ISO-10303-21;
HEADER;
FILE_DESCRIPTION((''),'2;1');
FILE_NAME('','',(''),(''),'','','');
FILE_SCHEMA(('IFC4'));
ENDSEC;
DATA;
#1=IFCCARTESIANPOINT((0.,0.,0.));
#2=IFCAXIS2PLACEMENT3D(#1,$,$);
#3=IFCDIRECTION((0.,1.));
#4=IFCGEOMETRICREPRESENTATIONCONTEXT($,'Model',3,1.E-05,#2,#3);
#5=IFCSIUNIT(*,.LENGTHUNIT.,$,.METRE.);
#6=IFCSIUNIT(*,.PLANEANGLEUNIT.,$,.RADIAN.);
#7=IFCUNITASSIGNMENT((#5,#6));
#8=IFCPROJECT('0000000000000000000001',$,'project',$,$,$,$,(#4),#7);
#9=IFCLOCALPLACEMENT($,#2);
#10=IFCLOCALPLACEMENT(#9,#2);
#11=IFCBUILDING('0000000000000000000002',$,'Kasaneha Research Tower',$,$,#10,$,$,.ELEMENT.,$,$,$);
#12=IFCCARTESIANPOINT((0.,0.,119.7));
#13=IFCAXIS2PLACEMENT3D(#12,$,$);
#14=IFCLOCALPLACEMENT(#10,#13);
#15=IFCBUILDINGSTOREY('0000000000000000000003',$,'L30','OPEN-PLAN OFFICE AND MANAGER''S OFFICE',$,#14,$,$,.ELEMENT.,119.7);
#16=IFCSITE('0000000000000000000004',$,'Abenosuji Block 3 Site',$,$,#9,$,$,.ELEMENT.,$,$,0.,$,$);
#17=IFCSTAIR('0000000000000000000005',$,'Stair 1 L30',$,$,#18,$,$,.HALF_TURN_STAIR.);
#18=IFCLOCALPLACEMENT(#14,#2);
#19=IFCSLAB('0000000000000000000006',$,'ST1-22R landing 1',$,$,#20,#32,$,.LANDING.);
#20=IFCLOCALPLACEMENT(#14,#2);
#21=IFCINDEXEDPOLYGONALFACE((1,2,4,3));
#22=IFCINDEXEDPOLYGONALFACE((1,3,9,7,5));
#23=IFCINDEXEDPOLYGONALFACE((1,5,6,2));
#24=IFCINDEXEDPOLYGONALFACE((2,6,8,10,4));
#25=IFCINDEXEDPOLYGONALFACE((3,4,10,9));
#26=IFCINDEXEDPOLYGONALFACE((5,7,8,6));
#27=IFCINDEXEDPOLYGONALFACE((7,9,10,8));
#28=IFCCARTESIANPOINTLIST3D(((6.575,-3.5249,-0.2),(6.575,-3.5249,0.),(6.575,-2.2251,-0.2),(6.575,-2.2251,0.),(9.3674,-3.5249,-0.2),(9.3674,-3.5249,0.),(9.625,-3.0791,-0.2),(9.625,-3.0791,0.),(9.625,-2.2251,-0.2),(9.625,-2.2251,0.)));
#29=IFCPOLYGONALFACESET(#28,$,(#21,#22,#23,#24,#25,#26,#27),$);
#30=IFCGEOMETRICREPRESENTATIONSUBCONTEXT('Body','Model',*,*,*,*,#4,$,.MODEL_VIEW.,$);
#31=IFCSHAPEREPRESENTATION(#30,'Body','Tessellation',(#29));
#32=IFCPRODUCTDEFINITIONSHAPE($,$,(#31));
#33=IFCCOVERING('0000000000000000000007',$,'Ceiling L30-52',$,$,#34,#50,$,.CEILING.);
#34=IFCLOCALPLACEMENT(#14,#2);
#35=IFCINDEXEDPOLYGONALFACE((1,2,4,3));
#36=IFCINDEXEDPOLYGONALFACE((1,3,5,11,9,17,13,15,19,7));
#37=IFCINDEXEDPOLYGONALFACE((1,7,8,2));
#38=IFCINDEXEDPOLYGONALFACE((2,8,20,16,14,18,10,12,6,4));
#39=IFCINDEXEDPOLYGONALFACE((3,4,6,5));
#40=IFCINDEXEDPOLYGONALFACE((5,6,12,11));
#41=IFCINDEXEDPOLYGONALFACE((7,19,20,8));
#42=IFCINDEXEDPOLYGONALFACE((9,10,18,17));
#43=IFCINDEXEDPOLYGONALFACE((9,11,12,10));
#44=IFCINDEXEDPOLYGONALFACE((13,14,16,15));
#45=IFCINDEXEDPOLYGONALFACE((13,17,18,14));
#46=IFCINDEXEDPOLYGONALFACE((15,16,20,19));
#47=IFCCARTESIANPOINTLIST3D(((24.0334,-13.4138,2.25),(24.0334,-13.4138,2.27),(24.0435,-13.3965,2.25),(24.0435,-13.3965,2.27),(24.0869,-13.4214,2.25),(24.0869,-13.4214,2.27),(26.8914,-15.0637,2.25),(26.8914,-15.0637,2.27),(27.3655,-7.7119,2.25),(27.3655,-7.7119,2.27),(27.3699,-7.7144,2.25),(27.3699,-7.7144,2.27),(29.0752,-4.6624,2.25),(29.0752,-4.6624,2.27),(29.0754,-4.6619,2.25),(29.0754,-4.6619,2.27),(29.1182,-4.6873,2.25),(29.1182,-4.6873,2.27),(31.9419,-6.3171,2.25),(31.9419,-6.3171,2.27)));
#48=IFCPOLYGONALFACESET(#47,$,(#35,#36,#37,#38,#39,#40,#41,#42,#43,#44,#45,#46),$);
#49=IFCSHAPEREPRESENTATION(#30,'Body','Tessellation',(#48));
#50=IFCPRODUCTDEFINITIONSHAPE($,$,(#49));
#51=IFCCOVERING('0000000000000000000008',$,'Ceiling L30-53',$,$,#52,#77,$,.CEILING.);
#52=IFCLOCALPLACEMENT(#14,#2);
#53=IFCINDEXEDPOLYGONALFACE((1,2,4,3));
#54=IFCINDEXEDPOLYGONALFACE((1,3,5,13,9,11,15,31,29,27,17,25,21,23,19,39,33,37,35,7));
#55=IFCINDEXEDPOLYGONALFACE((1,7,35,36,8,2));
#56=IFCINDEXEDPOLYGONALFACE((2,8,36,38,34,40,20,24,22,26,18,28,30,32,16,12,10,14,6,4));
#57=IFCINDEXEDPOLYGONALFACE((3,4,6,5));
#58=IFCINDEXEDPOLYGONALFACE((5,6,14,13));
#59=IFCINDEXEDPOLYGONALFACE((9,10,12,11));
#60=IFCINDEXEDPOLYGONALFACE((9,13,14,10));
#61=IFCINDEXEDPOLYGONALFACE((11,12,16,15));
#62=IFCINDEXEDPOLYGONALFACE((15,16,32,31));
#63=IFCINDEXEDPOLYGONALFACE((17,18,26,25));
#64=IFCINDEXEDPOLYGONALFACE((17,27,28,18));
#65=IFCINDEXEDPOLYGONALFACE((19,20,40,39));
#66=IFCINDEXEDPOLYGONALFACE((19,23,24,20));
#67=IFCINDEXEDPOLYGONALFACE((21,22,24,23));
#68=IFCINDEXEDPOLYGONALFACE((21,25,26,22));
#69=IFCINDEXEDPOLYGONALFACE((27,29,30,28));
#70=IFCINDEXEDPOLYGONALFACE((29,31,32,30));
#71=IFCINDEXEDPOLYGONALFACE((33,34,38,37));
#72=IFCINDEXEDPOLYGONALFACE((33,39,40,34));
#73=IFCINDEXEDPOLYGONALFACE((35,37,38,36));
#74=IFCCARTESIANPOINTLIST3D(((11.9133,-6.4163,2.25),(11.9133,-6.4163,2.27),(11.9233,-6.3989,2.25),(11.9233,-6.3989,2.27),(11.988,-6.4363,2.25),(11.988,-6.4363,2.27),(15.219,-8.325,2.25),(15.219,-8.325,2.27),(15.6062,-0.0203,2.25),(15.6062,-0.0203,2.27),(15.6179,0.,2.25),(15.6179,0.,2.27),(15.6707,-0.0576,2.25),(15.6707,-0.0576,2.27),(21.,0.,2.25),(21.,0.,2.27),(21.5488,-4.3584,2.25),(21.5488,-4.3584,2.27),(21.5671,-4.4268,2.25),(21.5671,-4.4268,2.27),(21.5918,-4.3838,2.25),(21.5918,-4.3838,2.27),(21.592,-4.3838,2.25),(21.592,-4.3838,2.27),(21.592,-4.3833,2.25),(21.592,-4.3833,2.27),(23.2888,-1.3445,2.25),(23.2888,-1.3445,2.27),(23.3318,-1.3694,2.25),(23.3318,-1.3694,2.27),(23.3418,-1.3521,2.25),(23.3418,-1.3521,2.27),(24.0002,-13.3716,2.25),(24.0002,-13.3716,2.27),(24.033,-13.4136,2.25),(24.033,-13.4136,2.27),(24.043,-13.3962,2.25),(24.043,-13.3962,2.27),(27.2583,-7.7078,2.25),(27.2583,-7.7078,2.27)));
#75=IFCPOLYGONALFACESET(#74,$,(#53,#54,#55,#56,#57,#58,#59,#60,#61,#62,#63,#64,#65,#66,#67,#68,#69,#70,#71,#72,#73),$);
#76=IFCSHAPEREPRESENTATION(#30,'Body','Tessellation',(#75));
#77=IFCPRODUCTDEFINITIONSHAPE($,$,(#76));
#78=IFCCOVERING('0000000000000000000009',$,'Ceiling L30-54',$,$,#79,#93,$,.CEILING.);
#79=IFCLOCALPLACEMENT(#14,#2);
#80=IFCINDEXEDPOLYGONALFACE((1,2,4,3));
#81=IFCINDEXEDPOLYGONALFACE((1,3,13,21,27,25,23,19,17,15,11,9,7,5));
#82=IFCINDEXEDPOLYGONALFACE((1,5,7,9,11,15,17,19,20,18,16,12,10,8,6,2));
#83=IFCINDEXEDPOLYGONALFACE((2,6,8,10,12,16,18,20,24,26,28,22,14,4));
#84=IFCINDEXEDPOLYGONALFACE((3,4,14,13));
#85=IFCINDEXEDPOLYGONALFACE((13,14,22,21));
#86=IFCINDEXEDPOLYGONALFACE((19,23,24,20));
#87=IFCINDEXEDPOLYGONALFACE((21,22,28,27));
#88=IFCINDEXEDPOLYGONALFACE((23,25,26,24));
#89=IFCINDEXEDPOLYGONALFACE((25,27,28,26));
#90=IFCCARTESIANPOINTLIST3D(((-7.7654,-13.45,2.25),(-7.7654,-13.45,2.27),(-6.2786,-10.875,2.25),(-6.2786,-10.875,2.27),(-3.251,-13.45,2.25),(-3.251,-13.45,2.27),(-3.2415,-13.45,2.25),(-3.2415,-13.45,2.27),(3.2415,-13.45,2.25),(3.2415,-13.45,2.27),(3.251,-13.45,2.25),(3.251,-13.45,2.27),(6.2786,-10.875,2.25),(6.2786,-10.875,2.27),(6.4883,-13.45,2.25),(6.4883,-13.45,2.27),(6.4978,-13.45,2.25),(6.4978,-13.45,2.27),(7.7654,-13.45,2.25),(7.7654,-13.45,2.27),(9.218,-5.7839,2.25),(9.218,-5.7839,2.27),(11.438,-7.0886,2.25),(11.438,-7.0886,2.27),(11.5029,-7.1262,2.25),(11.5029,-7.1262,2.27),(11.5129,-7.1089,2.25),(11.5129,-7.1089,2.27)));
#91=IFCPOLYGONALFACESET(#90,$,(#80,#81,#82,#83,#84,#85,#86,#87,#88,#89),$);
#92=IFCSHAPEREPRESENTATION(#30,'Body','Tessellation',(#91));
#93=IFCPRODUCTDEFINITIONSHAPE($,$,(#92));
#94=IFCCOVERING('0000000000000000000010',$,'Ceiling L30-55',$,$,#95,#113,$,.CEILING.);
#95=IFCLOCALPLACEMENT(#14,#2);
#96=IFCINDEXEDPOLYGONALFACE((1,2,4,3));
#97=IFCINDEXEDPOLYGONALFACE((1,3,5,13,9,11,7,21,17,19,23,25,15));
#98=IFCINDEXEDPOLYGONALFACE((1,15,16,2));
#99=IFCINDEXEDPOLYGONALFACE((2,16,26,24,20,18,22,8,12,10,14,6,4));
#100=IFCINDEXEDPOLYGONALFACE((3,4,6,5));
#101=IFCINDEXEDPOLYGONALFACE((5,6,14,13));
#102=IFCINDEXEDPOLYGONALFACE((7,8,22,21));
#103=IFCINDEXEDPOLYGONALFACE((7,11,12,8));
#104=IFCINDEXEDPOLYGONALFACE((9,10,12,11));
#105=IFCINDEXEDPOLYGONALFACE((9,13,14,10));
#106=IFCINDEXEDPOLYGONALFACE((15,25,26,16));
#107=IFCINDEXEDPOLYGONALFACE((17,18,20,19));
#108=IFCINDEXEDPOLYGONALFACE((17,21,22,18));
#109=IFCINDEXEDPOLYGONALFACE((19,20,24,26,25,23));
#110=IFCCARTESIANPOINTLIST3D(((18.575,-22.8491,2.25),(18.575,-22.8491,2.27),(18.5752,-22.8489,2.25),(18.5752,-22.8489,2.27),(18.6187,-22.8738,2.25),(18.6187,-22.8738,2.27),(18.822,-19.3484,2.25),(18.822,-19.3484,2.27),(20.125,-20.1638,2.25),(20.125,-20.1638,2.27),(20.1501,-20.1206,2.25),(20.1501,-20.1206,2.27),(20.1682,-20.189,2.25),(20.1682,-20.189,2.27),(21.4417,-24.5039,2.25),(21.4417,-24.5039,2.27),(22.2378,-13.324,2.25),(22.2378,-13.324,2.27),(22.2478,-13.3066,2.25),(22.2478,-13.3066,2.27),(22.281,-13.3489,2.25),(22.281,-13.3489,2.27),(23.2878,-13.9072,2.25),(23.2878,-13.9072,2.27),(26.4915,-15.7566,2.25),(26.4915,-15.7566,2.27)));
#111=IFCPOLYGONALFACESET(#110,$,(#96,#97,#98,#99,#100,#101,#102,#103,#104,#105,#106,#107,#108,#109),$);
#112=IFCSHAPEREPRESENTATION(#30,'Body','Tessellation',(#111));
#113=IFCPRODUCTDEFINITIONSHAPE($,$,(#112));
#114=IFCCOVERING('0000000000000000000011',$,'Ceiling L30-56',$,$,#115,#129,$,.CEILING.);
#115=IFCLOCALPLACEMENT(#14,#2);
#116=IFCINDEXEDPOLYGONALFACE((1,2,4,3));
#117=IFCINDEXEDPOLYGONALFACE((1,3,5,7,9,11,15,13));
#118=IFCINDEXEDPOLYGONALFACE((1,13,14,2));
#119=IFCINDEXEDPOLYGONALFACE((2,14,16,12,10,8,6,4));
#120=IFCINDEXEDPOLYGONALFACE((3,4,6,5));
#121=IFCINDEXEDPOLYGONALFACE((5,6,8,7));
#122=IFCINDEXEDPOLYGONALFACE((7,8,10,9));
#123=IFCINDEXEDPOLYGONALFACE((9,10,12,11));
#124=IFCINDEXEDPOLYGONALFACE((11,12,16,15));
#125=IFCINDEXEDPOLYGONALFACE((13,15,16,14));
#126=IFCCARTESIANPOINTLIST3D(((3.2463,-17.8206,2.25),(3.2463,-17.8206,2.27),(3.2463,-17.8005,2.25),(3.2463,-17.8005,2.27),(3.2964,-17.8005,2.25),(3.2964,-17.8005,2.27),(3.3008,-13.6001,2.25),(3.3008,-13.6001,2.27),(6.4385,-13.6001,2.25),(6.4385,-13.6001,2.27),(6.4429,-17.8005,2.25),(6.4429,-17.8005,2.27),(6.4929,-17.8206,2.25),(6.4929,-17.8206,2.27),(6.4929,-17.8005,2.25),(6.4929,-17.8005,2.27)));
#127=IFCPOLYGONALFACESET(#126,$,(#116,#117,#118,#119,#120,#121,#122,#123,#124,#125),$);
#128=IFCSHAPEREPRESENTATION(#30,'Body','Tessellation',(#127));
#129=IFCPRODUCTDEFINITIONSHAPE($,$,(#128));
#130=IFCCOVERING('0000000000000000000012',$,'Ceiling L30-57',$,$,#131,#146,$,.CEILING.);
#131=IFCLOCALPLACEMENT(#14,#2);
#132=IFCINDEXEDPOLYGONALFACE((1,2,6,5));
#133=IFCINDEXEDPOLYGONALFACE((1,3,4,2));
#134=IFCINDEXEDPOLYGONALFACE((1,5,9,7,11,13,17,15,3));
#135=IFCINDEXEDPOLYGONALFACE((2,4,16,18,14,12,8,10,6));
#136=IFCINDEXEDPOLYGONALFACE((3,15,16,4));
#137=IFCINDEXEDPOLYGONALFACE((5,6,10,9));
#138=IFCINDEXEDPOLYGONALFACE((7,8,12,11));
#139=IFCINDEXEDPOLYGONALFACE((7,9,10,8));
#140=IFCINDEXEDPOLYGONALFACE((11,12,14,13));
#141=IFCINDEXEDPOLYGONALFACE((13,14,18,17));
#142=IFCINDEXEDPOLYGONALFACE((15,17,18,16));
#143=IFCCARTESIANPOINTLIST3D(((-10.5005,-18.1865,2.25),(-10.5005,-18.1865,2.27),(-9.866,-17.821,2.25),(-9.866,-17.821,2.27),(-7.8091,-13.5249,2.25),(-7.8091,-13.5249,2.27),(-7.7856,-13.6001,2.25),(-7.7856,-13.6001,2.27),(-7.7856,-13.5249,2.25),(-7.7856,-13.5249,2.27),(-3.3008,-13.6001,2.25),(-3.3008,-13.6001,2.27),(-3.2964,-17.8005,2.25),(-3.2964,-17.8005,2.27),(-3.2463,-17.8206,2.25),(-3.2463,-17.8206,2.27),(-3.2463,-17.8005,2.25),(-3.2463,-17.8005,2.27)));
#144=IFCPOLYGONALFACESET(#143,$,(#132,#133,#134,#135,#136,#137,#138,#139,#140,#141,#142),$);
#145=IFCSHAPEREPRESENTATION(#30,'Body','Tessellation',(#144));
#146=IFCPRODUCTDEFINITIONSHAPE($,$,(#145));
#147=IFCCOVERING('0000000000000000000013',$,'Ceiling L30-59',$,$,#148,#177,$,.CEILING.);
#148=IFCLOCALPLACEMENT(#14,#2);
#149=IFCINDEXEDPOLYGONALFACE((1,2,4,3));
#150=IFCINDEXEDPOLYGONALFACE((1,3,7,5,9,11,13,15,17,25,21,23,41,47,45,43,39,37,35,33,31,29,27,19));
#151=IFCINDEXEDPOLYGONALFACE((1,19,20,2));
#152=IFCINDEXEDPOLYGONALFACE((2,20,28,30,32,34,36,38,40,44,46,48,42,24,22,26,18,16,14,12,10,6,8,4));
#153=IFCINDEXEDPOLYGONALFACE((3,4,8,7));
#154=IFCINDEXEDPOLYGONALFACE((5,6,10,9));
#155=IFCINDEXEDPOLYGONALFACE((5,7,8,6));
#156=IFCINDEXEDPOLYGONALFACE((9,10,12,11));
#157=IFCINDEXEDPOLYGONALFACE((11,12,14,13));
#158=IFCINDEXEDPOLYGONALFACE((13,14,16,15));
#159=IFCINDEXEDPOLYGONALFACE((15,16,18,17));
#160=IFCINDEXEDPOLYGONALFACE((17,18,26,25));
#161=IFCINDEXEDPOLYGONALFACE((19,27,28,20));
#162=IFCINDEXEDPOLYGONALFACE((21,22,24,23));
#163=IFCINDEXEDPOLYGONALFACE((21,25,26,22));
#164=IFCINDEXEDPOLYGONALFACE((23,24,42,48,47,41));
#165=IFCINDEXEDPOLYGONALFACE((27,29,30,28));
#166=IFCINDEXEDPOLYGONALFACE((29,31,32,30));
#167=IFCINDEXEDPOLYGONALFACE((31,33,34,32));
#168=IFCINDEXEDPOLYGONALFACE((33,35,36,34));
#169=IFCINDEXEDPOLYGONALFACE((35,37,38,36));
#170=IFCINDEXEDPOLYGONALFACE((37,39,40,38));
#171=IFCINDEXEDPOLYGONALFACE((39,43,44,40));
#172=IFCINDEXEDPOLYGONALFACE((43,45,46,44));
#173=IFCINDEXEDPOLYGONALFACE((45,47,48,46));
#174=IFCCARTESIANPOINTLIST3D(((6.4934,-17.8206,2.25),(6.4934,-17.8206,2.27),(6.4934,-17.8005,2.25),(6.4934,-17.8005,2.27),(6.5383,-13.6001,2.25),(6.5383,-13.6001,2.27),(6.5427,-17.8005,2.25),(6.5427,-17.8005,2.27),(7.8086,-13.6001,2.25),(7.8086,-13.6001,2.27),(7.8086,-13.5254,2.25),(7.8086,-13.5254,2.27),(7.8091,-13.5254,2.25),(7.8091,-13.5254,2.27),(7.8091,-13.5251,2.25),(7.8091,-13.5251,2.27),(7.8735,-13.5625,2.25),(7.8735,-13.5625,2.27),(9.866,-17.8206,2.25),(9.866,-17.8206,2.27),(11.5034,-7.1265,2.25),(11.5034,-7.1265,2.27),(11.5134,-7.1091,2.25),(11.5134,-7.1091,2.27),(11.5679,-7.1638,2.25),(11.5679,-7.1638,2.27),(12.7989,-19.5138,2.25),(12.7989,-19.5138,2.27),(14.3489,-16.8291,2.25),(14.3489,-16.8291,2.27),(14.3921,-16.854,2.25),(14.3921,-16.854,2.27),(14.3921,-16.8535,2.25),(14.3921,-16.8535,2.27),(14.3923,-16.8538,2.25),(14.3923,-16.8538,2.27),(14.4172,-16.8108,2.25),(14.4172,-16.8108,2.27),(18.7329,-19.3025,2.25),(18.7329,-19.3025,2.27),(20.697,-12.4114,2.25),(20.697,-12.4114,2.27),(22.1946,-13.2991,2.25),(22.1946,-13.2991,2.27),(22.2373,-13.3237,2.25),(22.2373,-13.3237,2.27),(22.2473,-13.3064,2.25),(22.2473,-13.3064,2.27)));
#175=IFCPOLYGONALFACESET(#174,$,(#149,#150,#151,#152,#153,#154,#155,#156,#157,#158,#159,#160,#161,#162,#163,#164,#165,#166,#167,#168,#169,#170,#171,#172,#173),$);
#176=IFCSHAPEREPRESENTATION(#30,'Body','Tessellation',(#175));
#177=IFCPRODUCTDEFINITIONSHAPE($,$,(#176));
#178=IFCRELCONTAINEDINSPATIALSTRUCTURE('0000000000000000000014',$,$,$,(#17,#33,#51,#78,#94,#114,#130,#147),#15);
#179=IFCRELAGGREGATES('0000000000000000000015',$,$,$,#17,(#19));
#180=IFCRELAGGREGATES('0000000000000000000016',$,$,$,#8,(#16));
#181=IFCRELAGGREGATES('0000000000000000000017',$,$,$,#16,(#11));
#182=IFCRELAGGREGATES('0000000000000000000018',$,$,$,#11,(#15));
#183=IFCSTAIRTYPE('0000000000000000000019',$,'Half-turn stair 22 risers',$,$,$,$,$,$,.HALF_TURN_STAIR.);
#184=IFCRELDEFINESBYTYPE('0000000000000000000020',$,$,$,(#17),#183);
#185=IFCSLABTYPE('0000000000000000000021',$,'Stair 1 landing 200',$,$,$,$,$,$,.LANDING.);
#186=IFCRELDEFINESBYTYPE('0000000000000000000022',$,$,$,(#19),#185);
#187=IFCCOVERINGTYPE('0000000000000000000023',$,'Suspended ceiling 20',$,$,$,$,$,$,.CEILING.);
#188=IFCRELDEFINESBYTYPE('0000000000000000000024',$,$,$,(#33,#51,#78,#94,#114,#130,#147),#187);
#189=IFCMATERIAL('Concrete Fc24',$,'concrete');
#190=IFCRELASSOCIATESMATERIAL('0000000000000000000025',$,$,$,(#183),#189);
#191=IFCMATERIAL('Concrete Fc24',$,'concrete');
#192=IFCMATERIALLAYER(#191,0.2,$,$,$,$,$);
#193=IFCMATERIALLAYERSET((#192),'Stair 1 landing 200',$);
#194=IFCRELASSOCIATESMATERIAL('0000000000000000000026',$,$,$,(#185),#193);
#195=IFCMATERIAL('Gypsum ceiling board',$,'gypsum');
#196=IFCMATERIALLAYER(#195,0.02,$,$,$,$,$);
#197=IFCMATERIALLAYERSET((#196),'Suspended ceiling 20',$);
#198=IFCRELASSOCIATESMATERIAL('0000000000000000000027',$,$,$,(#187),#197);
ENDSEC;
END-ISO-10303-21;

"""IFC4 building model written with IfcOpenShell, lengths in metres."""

from ifc_helpers import new_model, si_unit, direction, frame, origin, place, context, subcontext, project, spatial, polyline, outline, extrude, material, layer, layer_set, type_object, element, aggregate, save


model = new_model("IFC4")

# Units and contexts
model_context = context("Model", 3, precision=1e-05, world=origin(), true_north=direction((0.0, 1.0)))
body_context = subcontext(model_context, "Body", "Model", "MODEL_VIEW")
ifc_project = project(units=[si_unit("LENGTHUNIT", "METRE"), si_unit("PLANEANGLEUNIT", "RADIAN")], contexts=[model_context])

# Site, building, storey
site_placement = place(None, origin())
site = spatial("IfcSite", under=ifc_project, at=site_placement, Name="Abenosuji Block 3 Site", CompositionType="ELEMENT", RefElevation=0.0)
building_placement = place(site_placement, origin())
building = spatial("IfcBuilding", under=site, at=building_placement, Name="Kasaneha Research Tower", CompositionType="ELEMENT")
storey_placement = place(building_placement, frame((0.0, 0.0, 119.7)))
storey = spatial("IfcBuildingStorey", under=building, at=storey_placement, Name="L30", Description="OPEN-PLAN OFFICE AND MANAGER'S OFFICE", CompositionType="ELEMENT", Elevation=119.7)

# Stair, slab
ifc_material_1 = material(Name="Concrete Fc24", Category="concrete")
stair_type = type_object("IfcStairType", Name="Half-turn stair 22 risers", PredefinedType="HALF_TURN_STAIR", material=ifc_material_1)
stair_placement = place(storey_placement, origin())
stair = element("IfcStair", 1, at=stair_placement, inside=storey, type_object=stair_type, Name="Stair 1 L30", PredefinedType="HALF_TURN_STAIR")
ifc_material_2 = material(Name="Concrete Fc24", Category="concrete")
ifc_layer_1 = layer(ifc_material_2, 0.2)
ifc_layer_set_1 = layer_set([ifc_layer_1], Name="Stair 1 landing 200")
slab_type = type_object("IfcSlabType", Name="Stair 1 landing 200", PredefinedType="LANDING", material=ifc_layer_set_1)
slab_placement = place(storey_placement, frame((0.0, 0.0, -0.2)))
slab = element("IfcSlab", 2, at=slab_placement, type_object=slab_type, Name="ST1-22R landing 1", PredefinedType="LANDING", context=body_context, shape_type="SweptSolid", body=[
    extrude(outline(polyline([(9.3674, -3.5249), (6.575, -3.5249), (6.575, -2.2251), (9.625, -2.2251), (9.625, -3.0791), (9.3674, -3.5249)])), origin(), (0.0, 0.0, 1.0), 0.2),
])
aggregate(stair, [slab])

# Coverings
ifc_material_3 = material(Name="Gypsum ceiling board", Category="gypsum")
ifc_layer_2 = layer(ifc_material_3, 0.02)
ifc_layer_set_2 = layer_set([ifc_layer_2], Name="Suspended ceiling 20")
covering_type_1 = type_object("IfcCoveringType", Name="Suspended ceiling 20", PredefinedType="CEILING", material=ifc_layer_set_2)
covering_1_placement = place(storey_placement, frame((0.0, 0.0, 2.25)))
element("IfcCovering", 3, at=covering_1_placement, inside=storey, type_object=covering_type_1, Name="Ceiling L30-52", PredefinedType="CEILING", context=body_context, shape_type="SweptSolid", body=[
    extrude(outline(polyline([(29.0754, -4.6619), (31.9419, -6.3171), (26.8914, -15.0637), (24.0334, -13.4138), (24.0435, -13.3965), (24.0869, -13.4214), (27.3699, -7.7144), (27.3655, -7.7119), (29.1182, -4.6873), (29.0752, -4.6624), (29.0754, -4.6619)])), origin(), (0.0, 0.0, 1.0), 0.02),
])
covering_2_placement = place(storey_placement, frame((0.0, 0.0, 2.25)))
element("IfcCovering", 4, at=covering_2_placement, inside=storey, type_object=covering_type_1, Name="Ceiling L30-53", PredefinedType="CEILING", context=body_context, shape_type="SweptSolid", body=[
    extrude(outline(polyline([(21.0, 0.0), (23.3418, -1.3521), (23.3318, -1.3694), (23.2888, -1.3445), (21.5488, -4.3584), (21.592, -4.3833), (21.5918, -4.3838), (21.592, -4.3838), (21.5671, -4.4268), (27.2583, -7.7078), (24.0002, -13.3716), (24.043, -13.3962), (24.033, -13.4136), (15.219, -8.325), (11.9133, -6.4163), (11.9233, -6.3989), (11.988, -6.4363), (15.6707, -0.0576), (15.6062, -0.0203), (15.6179, 0.0), (21.0, 0.0)])), origin(), (0.0, 0.0, 1.0), 0.02),
])
covering_3_placement = place(storey_placement, frame((0.0, 0.0, 2.25)))
element("IfcCovering", 5, at=covering_3_placement, inside=storey, type_object=covering_type_1, Name="Ceiling L30-54", PredefinedType="CEILING", context=body_context, shape_type="SweptSolid", body=[
    extrude(outline(polyline([(-6.2786, -10.875), (6.2786, -10.875), (9.218, -5.7839), (11.5129, -7.1089), (11.5029, -7.1262), (11.438, -7.0886), (7.7654, -13.45), (6.4978, -13.45), (6.4883, -13.45), (3.251, -13.45), (3.2415, -13.45), (-3.2415, -13.45), (-3.251, -13.45), (-7.7654, -13.45), (-7.7654, -13.45), (-6.2786, -10.875)])), origin(), (0.0, 0.0, 1.0), 0.02),
])
covering_4_placement = place(storey_placement, frame((0.0, 0.0, 2.25)))
element("IfcCovering", 6, at=covering_4_placement, inside=storey, type_object=covering_type_1, Name="Ceiling L30-55", PredefinedType="CEILING", context=body_context, shape_type="SweptSolid", body=[
    extrude(outline(polyline([(18.575, -22.8491), (18.5752, -22.8489), (18.6187, -22.8738), (20.1682, -20.189), (20.125, -20.1638), (20.1501, -20.1206), (18.822, -19.3484), (22.281, -13.3489), (22.2378, -13.324), (22.2478, -13.3066), (23.2878, -13.9072), (26.4915, -15.7566), (21.4417, -24.5039), (18.575, -22.8491)])), origin(), (0.0, 0.0, 1.0), 0.02),
])
covering_5_placement = place(storey_placement, frame((0.0, 0.0, 2.25)))
element("IfcCovering", 7, at=covering_5_placement, inside=storey, type_object=covering_type_1, Name="Ceiling L30-56", PredefinedType="CEILING", context=body_context, shape_type="SweptSolid", body=[
    extrude(outline(polyline([(3.2463, -17.8005), (3.2964, -17.8005), (3.3008, -13.6001), (6.4385, -13.6001), (6.4429, -17.8005), (6.4929, -17.8005), (6.4929, -17.8206), (3.2463, -17.8206), (3.2463, -17.8005)])), origin(), (0.0, 0.0, 1.0), 0.02),
])
covering_6_placement = place(storey_placement, frame((0.0, 0.0, 2.25)))
element("IfcCovering", 8, at=covering_6_placement, inside=storey, type_object=covering_type_1, Name="Ceiling L30-57", PredefinedType="CEILING", context=body_context, shape_type="SweptSolid", body=[
    extrude(outline(polyline([(-10.5005, -18.1865), (-7.8091, -13.5249), (-7.7856, -13.5249), (-7.7856, -13.6001), (-3.3008, -13.6001), (-3.2964, -17.8005), (-3.2463, -17.8005), (-3.2463, -17.8206), (-9.866, -17.821), (-10.5005, -18.1865)])), origin(), (0.0, 0.0, 1.0), 0.02),
])
covering_7_placement = place(storey_placement, frame((0.0, 0.0, 2.25)))
element("IfcCovering", 9, at=covering_7_placement, inside=storey, type_object=covering_type_1, Name="Ceiling L30-59", PredefinedType="CEILING", context=body_context, shape_type="SweptSolid", body=[
    extrude(outline(polyline([(7.8091, -13.5251), (7.8735, -13.5625), (11.5679, -7.1638), (11.5034, -7.1265), (11.5134, -7.1091), (20.697, -12.4114), (22.2473, -13.3064), (22.2373, -13.3237), (22.1946, -13.2991), (18.7329, -19.3025), (14.4172, -16.8108), (14.3923, -16.8538), (14.3921, -16.8535), (14.3921, -16.854), (14.3489, -16.8291), (12.7988, -19.5139), (12.8418, -19.5386), (12.8418, -19.5386), (9.866, -17.8206), (6.4934, -17.8206), (6.4934, -17.8005), (6.5427, -17.8005), (6.5383, -13.6001), (7.8086, -13.6001), (7.8086, -13.5254), (7.8091, -13.5254), (7.8091, -13.5251)])), origin(), (0.0, 0.0, 1.0), 0.02),
])

save(model, "model.ifc")
